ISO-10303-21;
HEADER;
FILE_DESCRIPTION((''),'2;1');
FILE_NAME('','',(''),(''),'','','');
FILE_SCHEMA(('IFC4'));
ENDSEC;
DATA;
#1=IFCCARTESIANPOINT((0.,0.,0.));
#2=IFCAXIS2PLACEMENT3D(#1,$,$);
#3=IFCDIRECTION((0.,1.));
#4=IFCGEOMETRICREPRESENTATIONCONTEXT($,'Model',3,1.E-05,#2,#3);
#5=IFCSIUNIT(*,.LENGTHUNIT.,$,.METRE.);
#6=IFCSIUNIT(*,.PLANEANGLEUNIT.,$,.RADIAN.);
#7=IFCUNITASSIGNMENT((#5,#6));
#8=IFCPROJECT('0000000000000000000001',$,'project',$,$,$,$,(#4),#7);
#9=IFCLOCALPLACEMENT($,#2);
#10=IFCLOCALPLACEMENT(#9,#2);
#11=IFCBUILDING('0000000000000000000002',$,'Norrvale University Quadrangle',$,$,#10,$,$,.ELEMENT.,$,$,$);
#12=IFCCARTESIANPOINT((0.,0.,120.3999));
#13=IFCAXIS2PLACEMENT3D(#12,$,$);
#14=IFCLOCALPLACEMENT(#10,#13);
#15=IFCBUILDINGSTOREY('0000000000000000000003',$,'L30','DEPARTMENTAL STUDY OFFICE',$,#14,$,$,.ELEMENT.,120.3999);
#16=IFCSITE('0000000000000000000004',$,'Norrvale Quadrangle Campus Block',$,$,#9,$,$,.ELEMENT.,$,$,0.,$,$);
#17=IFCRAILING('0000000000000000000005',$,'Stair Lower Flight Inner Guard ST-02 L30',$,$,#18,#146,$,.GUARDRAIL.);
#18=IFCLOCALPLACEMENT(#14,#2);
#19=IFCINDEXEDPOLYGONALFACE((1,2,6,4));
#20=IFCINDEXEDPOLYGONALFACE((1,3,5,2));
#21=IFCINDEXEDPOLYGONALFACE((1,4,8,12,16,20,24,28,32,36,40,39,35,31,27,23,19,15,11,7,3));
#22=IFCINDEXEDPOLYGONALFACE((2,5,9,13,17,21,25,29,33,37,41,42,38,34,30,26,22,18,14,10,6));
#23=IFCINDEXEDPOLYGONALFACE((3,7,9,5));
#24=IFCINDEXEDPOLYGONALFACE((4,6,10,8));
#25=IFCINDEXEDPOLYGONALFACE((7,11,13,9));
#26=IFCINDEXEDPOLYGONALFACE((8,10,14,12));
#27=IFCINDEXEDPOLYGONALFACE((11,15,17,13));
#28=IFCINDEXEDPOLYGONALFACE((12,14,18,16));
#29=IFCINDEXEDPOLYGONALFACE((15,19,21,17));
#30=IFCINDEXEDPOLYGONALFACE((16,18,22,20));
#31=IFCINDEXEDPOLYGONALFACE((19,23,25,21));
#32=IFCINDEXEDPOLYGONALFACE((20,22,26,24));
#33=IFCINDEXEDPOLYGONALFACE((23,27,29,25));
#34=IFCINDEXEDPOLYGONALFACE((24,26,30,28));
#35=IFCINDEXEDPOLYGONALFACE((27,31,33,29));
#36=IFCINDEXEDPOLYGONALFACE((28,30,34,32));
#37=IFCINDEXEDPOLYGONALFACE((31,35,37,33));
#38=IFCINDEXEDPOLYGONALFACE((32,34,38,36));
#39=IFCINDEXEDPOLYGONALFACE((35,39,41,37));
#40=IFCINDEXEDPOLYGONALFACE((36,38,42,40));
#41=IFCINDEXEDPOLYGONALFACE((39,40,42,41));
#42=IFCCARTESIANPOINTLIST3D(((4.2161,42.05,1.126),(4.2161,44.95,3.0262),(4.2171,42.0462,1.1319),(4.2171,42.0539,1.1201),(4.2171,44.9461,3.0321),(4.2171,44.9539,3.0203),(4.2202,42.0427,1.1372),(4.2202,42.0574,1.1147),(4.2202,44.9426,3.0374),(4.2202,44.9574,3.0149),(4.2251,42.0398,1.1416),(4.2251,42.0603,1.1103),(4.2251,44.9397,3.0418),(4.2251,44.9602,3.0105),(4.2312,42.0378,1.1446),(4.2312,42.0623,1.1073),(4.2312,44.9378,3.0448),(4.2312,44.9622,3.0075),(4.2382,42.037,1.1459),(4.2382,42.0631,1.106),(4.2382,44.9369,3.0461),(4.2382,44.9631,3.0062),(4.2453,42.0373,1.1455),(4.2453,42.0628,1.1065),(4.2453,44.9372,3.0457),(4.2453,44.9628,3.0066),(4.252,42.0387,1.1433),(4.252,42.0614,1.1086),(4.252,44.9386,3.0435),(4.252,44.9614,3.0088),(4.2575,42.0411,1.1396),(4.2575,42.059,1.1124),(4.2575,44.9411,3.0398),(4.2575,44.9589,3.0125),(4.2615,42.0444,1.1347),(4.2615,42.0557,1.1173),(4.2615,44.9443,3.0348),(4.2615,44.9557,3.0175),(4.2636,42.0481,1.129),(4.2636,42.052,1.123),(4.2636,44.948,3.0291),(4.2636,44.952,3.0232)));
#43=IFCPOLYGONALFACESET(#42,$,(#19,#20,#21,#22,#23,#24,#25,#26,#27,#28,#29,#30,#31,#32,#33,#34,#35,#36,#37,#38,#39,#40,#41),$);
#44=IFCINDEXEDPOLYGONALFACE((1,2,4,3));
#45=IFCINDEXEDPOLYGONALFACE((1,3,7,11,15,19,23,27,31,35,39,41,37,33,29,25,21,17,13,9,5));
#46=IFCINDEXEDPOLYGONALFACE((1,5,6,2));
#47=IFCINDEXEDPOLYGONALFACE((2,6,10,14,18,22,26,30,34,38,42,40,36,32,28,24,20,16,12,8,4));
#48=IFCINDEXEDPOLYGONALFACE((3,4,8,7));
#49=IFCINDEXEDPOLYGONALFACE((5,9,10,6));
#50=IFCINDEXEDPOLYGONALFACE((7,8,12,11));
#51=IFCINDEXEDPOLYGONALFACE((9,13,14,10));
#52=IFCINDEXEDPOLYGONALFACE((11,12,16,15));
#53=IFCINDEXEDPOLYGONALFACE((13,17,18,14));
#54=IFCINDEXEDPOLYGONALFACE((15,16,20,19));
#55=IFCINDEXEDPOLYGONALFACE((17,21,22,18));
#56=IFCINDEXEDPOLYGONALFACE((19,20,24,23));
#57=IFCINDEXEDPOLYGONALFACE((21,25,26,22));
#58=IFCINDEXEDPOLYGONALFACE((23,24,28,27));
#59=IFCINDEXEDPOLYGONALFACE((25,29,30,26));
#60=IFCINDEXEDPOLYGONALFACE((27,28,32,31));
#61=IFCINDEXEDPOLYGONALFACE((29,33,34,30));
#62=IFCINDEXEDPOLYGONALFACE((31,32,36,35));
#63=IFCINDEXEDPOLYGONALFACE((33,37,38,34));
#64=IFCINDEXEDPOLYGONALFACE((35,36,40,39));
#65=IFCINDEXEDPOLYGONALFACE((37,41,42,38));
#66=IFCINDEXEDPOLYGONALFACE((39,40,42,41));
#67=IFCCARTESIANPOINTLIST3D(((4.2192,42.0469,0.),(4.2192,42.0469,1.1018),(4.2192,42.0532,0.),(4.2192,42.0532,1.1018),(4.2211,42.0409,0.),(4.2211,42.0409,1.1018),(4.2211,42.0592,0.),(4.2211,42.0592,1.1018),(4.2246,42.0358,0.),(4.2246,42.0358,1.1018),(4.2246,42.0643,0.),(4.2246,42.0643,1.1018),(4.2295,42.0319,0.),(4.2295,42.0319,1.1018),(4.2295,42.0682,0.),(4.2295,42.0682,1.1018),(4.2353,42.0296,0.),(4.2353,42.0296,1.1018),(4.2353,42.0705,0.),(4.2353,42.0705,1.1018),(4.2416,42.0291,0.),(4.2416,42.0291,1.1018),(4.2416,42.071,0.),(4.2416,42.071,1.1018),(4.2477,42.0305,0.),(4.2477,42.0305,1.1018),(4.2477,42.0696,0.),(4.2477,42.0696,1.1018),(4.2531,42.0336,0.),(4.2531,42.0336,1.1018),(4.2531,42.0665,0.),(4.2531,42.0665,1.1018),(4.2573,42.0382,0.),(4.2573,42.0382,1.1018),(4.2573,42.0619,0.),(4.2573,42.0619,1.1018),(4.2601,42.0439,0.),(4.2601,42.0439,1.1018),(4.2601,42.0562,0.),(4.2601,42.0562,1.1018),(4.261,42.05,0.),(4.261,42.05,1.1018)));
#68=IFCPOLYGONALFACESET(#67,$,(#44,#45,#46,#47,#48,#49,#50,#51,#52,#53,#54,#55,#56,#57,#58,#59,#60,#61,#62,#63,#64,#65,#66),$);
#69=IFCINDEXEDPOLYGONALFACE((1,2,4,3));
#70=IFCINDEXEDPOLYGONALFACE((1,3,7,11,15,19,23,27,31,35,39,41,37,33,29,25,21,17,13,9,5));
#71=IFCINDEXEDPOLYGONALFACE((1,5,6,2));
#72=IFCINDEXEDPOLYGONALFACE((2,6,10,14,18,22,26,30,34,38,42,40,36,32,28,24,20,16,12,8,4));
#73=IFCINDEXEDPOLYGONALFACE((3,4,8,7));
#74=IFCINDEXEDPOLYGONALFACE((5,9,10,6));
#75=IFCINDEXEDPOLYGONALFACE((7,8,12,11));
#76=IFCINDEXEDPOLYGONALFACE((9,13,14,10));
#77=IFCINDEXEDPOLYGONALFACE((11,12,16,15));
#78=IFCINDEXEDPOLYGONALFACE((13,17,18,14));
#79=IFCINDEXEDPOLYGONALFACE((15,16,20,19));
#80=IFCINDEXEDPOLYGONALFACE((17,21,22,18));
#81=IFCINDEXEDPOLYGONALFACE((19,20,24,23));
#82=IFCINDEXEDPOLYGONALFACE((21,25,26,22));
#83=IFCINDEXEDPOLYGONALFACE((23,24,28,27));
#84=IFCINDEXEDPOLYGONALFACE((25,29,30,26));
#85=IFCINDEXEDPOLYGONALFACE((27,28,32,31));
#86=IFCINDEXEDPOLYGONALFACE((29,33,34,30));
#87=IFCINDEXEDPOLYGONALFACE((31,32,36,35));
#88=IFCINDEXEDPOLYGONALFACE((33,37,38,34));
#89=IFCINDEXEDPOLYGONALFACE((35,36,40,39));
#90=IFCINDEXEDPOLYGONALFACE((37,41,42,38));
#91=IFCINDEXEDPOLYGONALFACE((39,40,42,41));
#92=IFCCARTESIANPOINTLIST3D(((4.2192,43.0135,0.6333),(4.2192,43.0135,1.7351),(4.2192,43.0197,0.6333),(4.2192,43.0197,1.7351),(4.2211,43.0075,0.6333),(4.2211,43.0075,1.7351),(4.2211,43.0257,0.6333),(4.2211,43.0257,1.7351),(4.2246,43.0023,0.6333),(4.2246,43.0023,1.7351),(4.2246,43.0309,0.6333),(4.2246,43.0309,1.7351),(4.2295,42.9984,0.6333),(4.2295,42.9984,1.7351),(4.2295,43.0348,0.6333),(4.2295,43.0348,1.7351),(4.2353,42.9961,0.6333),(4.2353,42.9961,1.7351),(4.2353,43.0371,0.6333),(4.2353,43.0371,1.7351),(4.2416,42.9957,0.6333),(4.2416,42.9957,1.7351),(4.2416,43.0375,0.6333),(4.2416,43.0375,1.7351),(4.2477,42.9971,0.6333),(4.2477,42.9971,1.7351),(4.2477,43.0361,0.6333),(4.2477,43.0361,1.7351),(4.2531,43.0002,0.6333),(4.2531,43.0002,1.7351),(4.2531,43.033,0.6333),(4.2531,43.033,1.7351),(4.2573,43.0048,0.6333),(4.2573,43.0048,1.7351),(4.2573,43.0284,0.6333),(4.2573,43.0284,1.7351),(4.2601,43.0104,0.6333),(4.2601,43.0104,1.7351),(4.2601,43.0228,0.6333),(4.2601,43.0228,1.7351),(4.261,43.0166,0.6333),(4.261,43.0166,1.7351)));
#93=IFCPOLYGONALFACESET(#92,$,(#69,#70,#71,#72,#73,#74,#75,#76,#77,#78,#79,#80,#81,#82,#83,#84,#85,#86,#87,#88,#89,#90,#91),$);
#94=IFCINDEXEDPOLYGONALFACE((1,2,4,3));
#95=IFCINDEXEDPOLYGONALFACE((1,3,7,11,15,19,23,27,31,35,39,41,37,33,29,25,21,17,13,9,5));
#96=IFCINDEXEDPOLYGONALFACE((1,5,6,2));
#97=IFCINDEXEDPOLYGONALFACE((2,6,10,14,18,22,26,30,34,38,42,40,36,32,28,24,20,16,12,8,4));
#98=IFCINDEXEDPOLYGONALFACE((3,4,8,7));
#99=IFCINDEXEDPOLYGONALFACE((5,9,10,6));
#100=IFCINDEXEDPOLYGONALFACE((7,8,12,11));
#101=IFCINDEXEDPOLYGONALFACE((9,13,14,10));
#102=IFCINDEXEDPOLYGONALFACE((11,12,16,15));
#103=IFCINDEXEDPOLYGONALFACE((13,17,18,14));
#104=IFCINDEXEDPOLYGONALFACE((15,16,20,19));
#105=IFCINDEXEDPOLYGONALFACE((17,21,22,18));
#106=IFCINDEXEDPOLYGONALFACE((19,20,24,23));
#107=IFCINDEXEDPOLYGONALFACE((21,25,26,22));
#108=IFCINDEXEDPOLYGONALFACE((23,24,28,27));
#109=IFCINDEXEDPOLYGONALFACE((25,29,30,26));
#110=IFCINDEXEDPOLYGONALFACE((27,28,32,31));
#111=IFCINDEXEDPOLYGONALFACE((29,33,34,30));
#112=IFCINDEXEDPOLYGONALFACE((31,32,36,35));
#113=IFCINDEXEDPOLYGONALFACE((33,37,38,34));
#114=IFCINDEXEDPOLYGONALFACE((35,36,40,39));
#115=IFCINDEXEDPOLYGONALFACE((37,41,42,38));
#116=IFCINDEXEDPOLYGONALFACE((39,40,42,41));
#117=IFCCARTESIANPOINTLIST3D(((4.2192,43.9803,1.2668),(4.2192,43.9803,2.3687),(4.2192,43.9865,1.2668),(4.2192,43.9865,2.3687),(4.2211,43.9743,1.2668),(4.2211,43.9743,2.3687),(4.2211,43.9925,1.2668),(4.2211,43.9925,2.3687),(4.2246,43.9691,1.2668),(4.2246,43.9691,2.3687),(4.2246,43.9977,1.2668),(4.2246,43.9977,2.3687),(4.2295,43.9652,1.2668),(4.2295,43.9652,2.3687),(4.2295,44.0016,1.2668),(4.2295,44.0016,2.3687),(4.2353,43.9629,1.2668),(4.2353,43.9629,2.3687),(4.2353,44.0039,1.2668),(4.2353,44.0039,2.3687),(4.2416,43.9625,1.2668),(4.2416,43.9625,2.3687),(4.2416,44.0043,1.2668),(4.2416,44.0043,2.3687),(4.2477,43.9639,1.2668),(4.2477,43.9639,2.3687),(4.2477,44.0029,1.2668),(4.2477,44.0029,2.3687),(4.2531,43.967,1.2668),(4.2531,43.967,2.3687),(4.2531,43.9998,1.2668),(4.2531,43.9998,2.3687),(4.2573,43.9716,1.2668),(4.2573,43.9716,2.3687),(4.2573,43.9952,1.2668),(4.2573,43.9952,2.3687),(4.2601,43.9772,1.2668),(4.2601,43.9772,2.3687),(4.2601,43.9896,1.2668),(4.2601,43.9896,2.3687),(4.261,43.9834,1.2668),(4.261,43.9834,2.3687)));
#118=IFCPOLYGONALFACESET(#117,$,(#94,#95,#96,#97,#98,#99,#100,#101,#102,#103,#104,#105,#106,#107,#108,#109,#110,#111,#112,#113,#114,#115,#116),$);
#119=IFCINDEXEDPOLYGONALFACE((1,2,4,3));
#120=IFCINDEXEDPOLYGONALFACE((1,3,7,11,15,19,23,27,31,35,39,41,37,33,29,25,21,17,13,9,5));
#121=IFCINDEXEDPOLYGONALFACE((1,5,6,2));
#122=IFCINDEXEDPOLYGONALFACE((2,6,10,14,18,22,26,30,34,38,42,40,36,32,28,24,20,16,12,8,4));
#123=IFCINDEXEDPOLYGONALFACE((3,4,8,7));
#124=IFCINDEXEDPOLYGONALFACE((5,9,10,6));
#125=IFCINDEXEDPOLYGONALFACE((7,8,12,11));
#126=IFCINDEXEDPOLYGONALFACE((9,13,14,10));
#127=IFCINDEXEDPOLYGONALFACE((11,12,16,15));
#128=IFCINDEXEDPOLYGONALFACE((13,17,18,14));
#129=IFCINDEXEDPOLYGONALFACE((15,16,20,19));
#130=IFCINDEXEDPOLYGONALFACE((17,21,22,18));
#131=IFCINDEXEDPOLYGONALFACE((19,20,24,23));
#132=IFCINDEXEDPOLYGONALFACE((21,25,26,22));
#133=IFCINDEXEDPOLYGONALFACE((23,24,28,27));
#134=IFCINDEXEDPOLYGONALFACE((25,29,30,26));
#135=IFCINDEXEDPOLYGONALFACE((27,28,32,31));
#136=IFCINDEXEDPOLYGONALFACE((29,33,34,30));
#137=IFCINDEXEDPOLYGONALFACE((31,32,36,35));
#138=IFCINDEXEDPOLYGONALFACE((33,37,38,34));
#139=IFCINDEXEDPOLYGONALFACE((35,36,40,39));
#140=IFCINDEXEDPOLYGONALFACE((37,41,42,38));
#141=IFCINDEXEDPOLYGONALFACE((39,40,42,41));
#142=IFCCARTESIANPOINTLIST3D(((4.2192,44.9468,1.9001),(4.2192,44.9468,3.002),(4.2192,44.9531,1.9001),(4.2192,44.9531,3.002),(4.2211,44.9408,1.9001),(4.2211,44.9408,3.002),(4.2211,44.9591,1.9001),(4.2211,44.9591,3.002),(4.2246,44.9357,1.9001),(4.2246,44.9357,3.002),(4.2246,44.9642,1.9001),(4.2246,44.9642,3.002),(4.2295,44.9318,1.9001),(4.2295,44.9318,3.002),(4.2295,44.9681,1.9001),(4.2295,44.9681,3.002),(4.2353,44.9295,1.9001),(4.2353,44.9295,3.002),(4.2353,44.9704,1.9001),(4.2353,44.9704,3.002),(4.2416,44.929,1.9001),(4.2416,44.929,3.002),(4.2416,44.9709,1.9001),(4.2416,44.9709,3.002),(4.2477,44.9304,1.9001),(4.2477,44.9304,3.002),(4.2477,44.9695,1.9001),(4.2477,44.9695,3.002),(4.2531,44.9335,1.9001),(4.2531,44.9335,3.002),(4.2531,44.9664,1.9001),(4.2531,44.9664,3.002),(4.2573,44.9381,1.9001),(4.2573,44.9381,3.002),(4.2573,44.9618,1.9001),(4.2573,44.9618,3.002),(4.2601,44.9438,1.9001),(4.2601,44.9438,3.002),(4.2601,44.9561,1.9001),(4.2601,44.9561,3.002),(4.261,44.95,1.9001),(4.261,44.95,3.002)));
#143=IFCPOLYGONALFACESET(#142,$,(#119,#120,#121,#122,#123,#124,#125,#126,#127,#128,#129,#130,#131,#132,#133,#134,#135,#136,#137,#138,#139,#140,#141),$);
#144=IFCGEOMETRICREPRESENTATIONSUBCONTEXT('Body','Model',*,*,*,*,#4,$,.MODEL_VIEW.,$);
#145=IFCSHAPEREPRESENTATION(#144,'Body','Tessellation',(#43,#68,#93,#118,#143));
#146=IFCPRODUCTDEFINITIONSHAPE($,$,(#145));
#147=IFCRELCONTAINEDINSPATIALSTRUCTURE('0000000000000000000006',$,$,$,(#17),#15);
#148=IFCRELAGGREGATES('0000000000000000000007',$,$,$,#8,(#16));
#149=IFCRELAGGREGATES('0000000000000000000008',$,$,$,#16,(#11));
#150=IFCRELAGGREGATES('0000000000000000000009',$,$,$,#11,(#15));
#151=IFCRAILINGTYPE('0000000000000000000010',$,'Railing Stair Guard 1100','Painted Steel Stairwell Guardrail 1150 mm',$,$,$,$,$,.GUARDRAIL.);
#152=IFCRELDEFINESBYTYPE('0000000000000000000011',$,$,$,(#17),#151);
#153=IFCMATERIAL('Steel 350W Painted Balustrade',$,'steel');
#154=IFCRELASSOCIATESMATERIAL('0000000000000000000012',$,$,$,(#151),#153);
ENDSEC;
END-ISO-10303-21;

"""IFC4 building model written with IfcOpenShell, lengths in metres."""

from ifc_helpers import new_model, si_unit, direction, frame, origin, origin_2d, place, context, subcontext, project, spatial, circle, extrude, material, type_object, element, save


model = new_model("IFC4")

# Units and contexts
model_context = context("Model", 3, precision=1e-05, world=origin(), true_north=direction((0.0, 1.0)))
body_context = subcontext(model_context, "Body", "Model", "MODEL_VIEW")
ifc_project = project(units=[si_unit("LENGTHUNIT", "METRE"), si_unit("PLANEANGLEUNIT", "RADIAN")], contexts=[model_context])

# Site, building, storey
site_placement = place(None, origin())
site = spatial("IfcSite", under=ifc_project, at=site_placement, Name="Norrvale Quadrangle Campus Block", CompositionType="ELEMENT", RefElevation=0.0)
building_placement = place(site_placement, origin())
building = spatial("IfcBuilding", under=site, at=building_placement, Name="Norrvale University Quadrangle", CompositionType="ELEMENT")
storey_placement = place(building_placement, frame((0.0, 0.0, 120.3999)))
storey = spatial("IfcBuildingStorey", under=building, at=storey_placement, Name="L30", Description="DEPARTMENTAL STUDY OFFICE", CompositionType="ELEMENT", Elevation=120.3999)

# Railing
ifc_material_1 = material(Name="Steel 350W Painted Balustrade", Category="steel")
railing_type_1 = type_object("IfcRailingType", Name="Railing Stair Guard 1100", Description="Painted Steel Stairwell Guardrail 1150 mm", PredefinedType="GUARDRAIL", material=ifc_material_1)
railing_1_placement = place(storey_placement, frame((4.24, 42.05, 0.0)))
element("IfcRailing", 1, at=railing_1_placement, inside=storey, type_object=railing_type_1, Name="Stair Lower Flight Inner Guard ST-02 L30", PredefinedType="GUARDRAIL", context=body_context, shape_type="SweptSolid", body=[
    extrude(circle(Radius=0.0239, at=origin_2d()), frame((0.0, 0.0, 1.126), z_axis=(0.0, 0.836433, 0.548069), x_axis=(-1.0, 0.0, 0.0)), (0.0, 0.0, 1.0), 3.467),
    extrude(circle(Radius=0.021, at=origin_2d()), origin(), (0.0, 0.0, 1.0), 1.1018),
    extrude(circle(Radius=0.021, at=origin_2d()), frame((0.0, 0.9666, 0.6333)), (0.0, 0.0, 1.0), 1.1018),
    extrude(circle(Radius=0.021, at=origin_2d()), frame((0.0, 1.9333, 1.2668)), (0.0, 0.0, 1.0), 1.1018),
    extrude(circle(Radius=0.021, at=origin_2d()), frame((0.0, 2.8999, 1.9001)), (0.0, 0.0, 1.0), 1.1018),
])

save(model, "model.ifc")
